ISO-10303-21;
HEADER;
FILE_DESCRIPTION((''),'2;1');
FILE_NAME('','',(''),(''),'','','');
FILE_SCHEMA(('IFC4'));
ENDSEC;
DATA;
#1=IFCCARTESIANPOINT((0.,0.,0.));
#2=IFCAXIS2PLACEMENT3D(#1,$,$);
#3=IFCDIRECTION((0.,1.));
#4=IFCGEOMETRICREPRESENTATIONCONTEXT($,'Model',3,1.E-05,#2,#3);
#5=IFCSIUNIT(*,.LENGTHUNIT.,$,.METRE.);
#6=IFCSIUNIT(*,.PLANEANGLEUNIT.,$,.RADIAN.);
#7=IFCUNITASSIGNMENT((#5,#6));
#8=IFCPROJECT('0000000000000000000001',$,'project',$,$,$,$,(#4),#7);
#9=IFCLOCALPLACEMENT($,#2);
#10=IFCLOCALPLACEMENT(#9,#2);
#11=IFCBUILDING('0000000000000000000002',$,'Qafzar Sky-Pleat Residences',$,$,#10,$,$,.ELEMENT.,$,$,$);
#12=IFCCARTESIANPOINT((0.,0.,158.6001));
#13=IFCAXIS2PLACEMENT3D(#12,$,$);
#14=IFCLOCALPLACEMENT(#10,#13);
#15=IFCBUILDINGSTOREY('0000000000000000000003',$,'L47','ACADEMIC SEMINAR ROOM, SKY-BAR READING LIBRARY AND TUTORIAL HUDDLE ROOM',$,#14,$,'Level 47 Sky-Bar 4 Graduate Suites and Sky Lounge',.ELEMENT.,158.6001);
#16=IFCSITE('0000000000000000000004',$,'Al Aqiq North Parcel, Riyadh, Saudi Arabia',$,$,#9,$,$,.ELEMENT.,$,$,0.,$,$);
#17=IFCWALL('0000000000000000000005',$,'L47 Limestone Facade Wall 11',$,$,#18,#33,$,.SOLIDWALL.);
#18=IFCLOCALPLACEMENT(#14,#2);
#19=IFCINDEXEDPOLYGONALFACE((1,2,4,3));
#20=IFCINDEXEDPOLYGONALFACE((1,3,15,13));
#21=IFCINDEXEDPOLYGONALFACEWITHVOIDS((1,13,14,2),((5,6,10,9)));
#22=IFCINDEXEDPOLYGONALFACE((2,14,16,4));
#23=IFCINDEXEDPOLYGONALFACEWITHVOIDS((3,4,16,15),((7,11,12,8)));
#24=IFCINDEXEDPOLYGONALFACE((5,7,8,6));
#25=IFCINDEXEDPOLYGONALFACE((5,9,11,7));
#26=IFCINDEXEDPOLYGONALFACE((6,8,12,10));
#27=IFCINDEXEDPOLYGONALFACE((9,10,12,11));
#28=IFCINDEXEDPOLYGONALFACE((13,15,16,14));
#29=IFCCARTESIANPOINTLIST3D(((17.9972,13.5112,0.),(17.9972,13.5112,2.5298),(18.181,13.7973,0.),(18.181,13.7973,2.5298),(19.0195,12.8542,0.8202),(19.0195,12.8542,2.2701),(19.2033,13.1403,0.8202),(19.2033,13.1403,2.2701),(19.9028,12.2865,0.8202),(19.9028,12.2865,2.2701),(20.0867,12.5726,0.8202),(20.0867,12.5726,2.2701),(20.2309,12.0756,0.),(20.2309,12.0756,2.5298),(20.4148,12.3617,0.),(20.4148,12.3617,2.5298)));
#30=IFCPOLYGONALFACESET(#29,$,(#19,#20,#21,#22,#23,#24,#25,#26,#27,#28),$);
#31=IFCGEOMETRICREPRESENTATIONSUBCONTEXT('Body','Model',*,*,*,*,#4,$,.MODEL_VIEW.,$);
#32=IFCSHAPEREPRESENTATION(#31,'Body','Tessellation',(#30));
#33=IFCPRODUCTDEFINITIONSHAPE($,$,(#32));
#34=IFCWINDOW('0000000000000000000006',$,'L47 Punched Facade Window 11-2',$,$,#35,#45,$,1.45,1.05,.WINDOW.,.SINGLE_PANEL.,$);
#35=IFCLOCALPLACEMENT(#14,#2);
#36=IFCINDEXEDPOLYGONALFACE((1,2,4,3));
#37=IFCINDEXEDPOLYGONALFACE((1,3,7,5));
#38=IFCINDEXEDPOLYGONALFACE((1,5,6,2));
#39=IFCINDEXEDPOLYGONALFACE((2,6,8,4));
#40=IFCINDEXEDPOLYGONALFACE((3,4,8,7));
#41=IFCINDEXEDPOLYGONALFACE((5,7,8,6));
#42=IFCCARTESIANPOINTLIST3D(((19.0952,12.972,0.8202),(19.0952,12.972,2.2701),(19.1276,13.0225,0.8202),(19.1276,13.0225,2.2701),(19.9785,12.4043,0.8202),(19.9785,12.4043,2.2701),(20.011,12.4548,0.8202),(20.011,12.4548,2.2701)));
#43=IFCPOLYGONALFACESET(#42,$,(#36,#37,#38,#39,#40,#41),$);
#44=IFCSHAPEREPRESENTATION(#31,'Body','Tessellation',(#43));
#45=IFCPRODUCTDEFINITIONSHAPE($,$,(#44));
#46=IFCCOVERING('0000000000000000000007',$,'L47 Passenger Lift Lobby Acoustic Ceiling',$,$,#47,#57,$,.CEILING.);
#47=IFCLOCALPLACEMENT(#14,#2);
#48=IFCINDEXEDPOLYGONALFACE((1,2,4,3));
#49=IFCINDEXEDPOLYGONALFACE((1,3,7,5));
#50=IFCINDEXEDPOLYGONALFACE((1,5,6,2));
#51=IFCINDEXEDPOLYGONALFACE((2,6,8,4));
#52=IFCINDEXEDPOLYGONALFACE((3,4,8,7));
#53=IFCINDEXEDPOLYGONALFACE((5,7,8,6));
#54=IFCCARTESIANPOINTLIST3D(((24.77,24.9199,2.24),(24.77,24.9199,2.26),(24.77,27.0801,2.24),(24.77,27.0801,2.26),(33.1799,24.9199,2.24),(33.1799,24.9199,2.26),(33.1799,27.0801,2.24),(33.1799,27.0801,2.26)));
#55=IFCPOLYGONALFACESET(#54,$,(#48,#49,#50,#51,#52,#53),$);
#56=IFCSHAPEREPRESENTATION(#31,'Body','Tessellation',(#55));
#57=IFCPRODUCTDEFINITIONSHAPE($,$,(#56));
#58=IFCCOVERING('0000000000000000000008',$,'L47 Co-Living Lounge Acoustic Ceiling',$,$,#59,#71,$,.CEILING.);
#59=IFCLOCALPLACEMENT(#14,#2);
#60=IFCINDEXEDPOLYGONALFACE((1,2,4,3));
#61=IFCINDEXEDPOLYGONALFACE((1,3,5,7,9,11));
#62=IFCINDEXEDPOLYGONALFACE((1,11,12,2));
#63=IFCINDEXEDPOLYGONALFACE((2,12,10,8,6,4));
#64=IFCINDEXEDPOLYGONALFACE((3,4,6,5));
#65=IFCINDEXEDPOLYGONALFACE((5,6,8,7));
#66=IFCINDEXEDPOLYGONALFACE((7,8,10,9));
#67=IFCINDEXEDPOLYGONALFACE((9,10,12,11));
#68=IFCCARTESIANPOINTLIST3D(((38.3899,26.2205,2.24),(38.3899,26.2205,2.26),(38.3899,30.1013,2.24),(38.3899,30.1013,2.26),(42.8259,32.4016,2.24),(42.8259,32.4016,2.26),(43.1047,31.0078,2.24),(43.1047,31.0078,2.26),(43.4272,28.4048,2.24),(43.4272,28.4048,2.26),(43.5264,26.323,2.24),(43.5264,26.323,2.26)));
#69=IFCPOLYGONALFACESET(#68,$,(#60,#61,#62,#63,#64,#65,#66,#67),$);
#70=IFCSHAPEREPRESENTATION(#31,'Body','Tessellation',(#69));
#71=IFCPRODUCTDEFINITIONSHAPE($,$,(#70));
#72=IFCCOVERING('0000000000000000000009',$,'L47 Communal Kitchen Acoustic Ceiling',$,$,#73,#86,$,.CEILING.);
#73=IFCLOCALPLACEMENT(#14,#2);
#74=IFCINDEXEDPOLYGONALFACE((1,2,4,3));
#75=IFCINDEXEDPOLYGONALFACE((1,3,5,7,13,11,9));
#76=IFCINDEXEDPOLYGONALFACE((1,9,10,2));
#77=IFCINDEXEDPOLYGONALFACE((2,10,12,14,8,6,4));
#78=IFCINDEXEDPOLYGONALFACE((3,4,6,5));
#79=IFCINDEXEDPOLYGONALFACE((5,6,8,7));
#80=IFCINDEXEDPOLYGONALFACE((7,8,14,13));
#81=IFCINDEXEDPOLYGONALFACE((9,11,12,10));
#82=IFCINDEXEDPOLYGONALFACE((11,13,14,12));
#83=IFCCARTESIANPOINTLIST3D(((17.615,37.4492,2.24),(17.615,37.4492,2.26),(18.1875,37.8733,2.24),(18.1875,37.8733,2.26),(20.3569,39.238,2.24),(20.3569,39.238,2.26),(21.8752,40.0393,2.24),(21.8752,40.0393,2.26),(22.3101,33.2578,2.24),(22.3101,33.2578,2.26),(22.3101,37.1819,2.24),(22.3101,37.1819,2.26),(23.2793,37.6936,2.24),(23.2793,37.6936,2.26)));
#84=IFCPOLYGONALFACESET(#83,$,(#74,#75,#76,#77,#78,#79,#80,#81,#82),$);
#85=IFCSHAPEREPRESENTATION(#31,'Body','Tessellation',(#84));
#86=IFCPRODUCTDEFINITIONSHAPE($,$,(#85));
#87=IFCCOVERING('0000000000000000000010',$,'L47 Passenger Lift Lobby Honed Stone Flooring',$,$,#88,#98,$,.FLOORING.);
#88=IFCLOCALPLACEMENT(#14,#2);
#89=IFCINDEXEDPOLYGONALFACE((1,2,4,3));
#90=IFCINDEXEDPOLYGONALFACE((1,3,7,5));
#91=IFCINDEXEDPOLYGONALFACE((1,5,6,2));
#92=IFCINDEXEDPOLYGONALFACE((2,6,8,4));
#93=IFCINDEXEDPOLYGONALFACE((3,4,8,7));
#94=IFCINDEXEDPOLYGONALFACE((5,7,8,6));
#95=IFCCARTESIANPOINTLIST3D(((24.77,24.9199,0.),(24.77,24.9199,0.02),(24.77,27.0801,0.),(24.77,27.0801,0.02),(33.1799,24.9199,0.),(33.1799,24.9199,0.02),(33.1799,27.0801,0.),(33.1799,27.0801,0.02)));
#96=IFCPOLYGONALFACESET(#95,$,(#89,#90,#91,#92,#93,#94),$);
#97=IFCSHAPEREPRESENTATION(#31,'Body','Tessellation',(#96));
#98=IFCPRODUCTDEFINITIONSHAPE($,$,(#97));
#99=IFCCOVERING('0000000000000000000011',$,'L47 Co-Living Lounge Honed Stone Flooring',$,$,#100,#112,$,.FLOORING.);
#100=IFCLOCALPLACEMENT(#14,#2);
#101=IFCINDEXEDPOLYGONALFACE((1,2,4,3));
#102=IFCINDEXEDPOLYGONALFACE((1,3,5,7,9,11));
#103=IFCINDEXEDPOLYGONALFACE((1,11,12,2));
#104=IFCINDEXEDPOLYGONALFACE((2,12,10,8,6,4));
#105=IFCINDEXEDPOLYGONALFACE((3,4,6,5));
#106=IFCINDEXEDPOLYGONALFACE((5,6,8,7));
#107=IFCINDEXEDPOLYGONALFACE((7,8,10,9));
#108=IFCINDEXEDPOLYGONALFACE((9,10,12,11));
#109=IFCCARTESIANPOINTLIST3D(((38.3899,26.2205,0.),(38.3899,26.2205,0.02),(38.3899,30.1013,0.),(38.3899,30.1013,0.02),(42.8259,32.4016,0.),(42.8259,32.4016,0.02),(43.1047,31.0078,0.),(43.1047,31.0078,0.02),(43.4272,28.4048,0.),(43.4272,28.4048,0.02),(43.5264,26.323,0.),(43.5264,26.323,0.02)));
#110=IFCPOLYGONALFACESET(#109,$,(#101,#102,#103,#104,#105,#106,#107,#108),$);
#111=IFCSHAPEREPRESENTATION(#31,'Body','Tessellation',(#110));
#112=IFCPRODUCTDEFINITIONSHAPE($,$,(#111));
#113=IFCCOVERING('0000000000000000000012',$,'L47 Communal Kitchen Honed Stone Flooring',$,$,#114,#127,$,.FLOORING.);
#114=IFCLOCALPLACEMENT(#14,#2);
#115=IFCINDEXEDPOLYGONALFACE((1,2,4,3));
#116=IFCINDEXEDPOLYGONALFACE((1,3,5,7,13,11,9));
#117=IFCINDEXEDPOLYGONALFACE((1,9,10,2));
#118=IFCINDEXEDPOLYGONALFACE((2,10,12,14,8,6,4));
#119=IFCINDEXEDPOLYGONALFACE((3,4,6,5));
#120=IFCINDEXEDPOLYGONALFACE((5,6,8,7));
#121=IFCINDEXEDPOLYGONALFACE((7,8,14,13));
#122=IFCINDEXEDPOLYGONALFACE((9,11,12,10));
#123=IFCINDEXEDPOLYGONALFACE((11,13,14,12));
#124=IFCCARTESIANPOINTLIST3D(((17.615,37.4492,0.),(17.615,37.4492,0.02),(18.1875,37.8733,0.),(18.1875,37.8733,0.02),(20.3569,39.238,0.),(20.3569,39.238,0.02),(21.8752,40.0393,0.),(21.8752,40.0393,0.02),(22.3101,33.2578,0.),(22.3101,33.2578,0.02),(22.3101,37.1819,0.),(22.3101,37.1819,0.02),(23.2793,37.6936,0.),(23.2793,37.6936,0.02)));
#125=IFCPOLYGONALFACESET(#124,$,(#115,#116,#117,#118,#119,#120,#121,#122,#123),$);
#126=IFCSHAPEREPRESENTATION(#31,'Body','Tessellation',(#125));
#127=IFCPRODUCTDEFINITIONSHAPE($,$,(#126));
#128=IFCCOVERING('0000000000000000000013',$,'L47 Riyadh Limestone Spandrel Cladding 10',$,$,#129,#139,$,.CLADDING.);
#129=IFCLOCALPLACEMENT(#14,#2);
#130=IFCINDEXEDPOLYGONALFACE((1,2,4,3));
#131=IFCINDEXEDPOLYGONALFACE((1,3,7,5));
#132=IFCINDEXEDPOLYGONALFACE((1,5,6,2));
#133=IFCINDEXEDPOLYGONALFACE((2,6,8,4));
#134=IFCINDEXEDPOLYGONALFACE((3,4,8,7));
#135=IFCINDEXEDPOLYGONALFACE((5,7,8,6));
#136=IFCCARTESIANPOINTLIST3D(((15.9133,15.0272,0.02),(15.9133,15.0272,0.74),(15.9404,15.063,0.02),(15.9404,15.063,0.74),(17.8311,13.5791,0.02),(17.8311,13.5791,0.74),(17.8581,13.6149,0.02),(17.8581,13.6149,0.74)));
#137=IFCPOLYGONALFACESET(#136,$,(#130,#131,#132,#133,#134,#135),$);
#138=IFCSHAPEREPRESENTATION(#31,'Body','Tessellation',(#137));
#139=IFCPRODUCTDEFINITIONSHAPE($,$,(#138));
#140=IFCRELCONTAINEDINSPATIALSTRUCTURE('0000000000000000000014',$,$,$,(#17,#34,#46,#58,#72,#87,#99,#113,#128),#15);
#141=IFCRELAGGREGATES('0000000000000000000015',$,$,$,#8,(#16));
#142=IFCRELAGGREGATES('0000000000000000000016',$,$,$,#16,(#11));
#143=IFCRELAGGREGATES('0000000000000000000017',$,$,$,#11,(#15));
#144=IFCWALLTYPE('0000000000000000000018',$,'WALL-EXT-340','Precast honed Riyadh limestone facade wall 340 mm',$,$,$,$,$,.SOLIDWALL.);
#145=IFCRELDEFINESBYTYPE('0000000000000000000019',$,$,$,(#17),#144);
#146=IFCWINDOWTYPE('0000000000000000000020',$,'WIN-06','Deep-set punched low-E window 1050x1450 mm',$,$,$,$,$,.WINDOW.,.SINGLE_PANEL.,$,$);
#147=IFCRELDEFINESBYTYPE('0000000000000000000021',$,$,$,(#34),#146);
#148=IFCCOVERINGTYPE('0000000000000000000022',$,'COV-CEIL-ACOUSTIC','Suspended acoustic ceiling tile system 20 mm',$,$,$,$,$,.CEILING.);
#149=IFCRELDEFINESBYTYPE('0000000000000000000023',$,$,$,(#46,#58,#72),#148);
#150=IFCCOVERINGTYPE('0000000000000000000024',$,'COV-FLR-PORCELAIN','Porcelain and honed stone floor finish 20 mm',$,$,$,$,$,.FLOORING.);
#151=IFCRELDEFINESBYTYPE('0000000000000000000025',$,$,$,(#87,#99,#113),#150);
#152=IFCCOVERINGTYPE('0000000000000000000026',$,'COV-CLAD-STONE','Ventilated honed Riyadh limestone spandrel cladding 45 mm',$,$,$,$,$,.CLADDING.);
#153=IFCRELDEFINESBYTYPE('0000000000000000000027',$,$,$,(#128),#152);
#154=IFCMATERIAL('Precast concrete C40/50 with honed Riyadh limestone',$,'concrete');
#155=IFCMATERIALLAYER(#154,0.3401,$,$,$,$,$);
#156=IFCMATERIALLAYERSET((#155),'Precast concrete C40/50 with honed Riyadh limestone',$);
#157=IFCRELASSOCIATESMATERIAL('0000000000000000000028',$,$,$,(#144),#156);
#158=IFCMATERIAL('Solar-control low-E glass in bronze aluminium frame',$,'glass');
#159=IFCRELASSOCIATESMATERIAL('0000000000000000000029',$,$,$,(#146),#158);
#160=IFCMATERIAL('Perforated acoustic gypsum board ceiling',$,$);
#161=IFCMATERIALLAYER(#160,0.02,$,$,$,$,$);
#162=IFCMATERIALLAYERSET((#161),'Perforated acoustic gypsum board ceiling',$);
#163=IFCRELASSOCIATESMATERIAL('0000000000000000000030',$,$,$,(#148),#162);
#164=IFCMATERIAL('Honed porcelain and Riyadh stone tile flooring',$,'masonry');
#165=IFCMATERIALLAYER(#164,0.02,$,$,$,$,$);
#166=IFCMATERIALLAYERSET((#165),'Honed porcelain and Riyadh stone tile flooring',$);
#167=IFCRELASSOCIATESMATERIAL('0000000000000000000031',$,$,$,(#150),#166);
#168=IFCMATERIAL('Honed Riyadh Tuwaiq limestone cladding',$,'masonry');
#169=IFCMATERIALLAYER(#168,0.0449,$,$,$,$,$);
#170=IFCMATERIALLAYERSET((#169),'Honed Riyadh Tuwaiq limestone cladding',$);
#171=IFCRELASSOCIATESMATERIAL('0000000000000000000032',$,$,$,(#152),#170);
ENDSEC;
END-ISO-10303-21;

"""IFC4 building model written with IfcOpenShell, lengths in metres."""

from ifc_helpers import new_model, si_unit, direction, frame, frame_2d, origin, origin_2d, place, context, subcontext, project, spatial, polyline, rectangle, outline, extrude, source, transform, mapped, material, layer, layer_set, type_object, element, fill, save


model = new_model("IFC4")

# Units and contexts
model_context = context("Model", 3, precision=1e-05, world=origin(), true_north=direction((0.0, 1.0)))
body_context = subcontext(model_context, "Body", "Model", "MODEL_VIEW")
ifc_project = project(units=[si_unit("LENGTHUNIT", "METRE"), si_unit("PLANEANGLEUNIT", "RADIAN")], contexts=[model_context])

# Site, building, storey
site_placement = place(None, origin())
site = spatial("IfcSite", under=ifc_project, at=site_placement, Name="Al Aqiq North Parcel, Riyadh, Saudi Arabia", CompositionType="ELEMENT", RefElevation=0.0)
building_placement = place(site_placement, origin())
building = spatial("IfcBuilding", under=site, at=building_placement, Name="Qafzar Sky-Pleat Residences", CompositionType="ELEMENT")
storey_placement = place(building_placement, frame((0.0, 0.0, 158.6001)))
storey = spatial("IfcBuildingStorey", under=building, at=storey_placement, Name="L47", Description="ACADEMIC SEMINAR ROOM, SKY-BAR READING LIBRARY AND TUTORIAL HUDDLE ROOM", LongName="Level 47 Sky-Bar 4 Graduate Suites and Sky Lounge", CompositionType="ELEMENT", Elevation=158.6001)

# Wall, opening, window
ifc_material_1 = material(Name="Precast concrete C40/50 with honed Riyadh limestone", Category="concrete")
ifc_layer_1 = layer(ifc_material_1, 0.3401)
ifc_layer_set_1 = layer_set([ifc_layer_1], Name="Precast concrete C40/50 with honed Riyadh limestone")
wall_type_1 = type_object("IfcWallType", Name="WALL-EXT-340", Description="Precast honed Riyadh limestone facade wall 340 mm", PredefinedType="SOLIDWALL", material=ifc_layer_set_1)
ifc_material_2 = material(Name="Solar-control low-E glass in bronze aluminium frame", Category="glass")
wall_1_placement = place(storey_placement, frame((18.0891, 13.6543, 0.0), z_axis=(0.0, 0.0, 1.0), x_axis=(0.841241, -0.54066, 0.0)))
wall_1 = element("IfcWall", 1, at=wall_1_placement, inside=storey, type_object=wall_type_1, Name="L47 Limestone Facade Wall 11", PredefinedType="SOLIDWALL", context=body_context, shape_type="SweptSolid", body=[
    extrude(rectangle(XDim=2.6553, YDim=0.3401, at=frame_2d((1.3276, 0.0))), origin(), (0.0, 0.0, 1.0), 2.5298),
])
opening_1_placement = place(wall_1_placement, frame((1.2153, 0.0, 0.8201)))
opening_1 = element("IfcOpeningElement", 2, at=opening_1_placement, cuts=wall_1, PredefinedType="OPENING", context=body_context, shape_type="SweptSolid", body=[
    extrude(rectangle(XDim=1.05, YDim=1.45, at=frame_2d((0.5249, 0.7251))), frame((0.0, 0.1802, 0.0), z_axis=(0.0, -1.0, 0.0), x_axis=(1.0, 0.0, 0.0)), (0.0, 0.0, 1.0), 0.3601),
])
window_type_1 = type_object("IfcWindowType", Name="WIN-06", Description="Deep-set punched low-E window 1050x1450 mm", PartitioningType="SINGLE_PANEL", PredefinedType="WINDOW", material=ifc_material_2)
shared_shape_1 = source(origin(), body_context, "Body", "SweptSolid", [
    extrude(rectangle(XDim=1.05, YDim=1.45, at=frame_2d((0.5249, 0.7251))), frame((0.0, 0.03, 0.0), z_axis=(0.0, -1.0, 0.0), x_axis=(1.0, 0.0, 0.0)), (0.0, 0.0, 1.0), 0.0601),
])
window_1_placement = place(opening_1_placement, origin())
window_1 = element("IfcWindow", 3, at=window_1_placement, inside=storey, type_object=window_type_1, Name="L47 Punched Facade Window 11-2", OverallHeight=1.45, OverallWidth=1.05, PartitioningType="SINGLE_PANEL", PredefinedType="WINDOW", context=body_context, shape_type="MappedRepresentation", body=[
    mapped(shared_shape_1, transform((0.0, 0.0, 0.0), x_axis=(1.0, 0.0, 0.0), y_axis=(0.0, 1.0, 0.0), z_axis=(0.0, 0.0, 1.0), scale=1.0)),
])
fill(opening_1, window_1)

# Coverings
ifc_material_3 = material(Name="Perforated acoustic gypsum board ceiling")
ifc_layer_2 = layer(ifc_material_3, 0.02)
ifc_layer_set_2 = layer_set([ifc_layer_2], Name="Perforated acoustic gypsum board ceiling")
covering_type_1 = type_object("IfcCoveringType", Name="COV-CEIL-ACOUSTIC", Description="Suspended acoustic ceiling tile system 20 mm", PredefinedType="CEILING", material=ifc_layer_set_2)
covering_1_placement = place(storey_placement, frame((0.0, 0.0, 2.24)))
element("IfcCovering", 4, at=covering_1_placement, inside=storey, type_object=covering_type_1, Name="L47 Passenger Lift Lobby Acoustic Ceiling", PredefinedType="CEILING", context=body_context, shape_type="SweptSolid", body=[
    extrude(outline(polyline([(33.1799, 24.9199), (24.77, 24.9199), (24.77, 27.0801), (33.1799, 27.0801), (33.1799, 24.9199)])), origin(), (0.0, 0.0, 1.0), 0.02),
])
covering_2_placement = place(storey_placement, frame((0.0, 0.0, 2.24)))
element("IfcCovering", 5, at=covering_2_placement, inside=storey, type_object=covering_type_1, Name="L47 Co-Living Lounge Acoustic Ceiling", PredefinedType="CEILING", context=body_context, shape_type="SweptSolid", body=[
    extrude(outline(polyline([(43.1047, 31.0078), (43.4272, 28.4048), (43.5264, 26.323), (38.3899, 26.2205), (38.3899, 30.1013), (42.8259, 32.4016), (43.1047, 31.0078)])), origin(), (0.0, 0.0, 1.0), 0.02),
])
covering_3_placement = place(storey_placement, frame((0.0, 0.0, 2.24)))
element("IfcCovering", 6, at=covering_3_placement, inside=storey, type_object=covering_type_1, Name="L47 Communal Kitchen Acoustic Ceiling", PredefinedType="CEILING", context=body_context, shape_type="SweptSolid", body=[
    extrude(outline(polyline([(18.1875, 37.8733), (20.3569, 39.238), (21.8752, 40.0393), (23.2793, 37.6936), (22.3101, 37.1819), (22.3101, 33.2578), (17.615, 37.4492), (18.1875, 37.8733)])), origin(), (0.0, 0.0, 1.0), 0.02),
])
ifc_material_4 = material(Name="Honed porcelain and Riyadh stone tile flooring", Category="masonry")
ifc_layer_3 = layer(ifc_material_4, 0.02)
ifc_layer_set_3 = layer_set([ifc_layer_3], Name="Honed porcelain and Riyadh stone tile flooring")
covering_type_2 = type_object("IfcCoveringType", Name="COV-FLR-PORCELAIN", Description="Porcelain and honed stone floor finish 20 mm", PredefinedType="FLOORING", material=ifc_layer_set_3)
covering_4_placement = place(storey_placement, origin())
element("IfcCovering", 7, at=covering_4_placement, inside=storey, type_object=covering_type_2, Name="L47 Passenger Lift Lobby Honed Stone Flooring", PredefinedType="FLOORING", context=body_context, shape_type="SweptSolid", body=[
    extrude(outline(polyline([(33.1799, 24.9199), (24.77, 24.9199), (24.77, 27.0801), (33.1799, 27.0801), (33.1799, 24.9199)])), origin(), (0.0, 0.0, 1.0), 0.02),
])
covering_5_placement = place(storey_placement, origin())
element("IfcCovering", 8, at=covering_5_placement, inside=storey, type_object=covering_type_2, Name="L47 Co-Living Lounge Honed Stone Flooring", PredefinedType="FLOORING", context=body_context, shape_type="SweptSolid", body=[
    extrude(outline(polyline([(43.1047, 31.0078), (43.4272, 28.4048), (43.5264, 26.323), (38.3899, 26.2205), (38.3899, 30.1013), (42.8259, 32.4016), (43.1047, 31.0078)])), origin(), (0.0, 0.0, 1.0), 0.02),
])
covering_6_placement = place(storey_placement, origin())
element("IfcCovering", 9, at=covering_6_placement, inside=storey, type_object=covering_type_2, Name="L47 Communal Kitchen Honed Stone Flooring", PredefinedType="FLOORING", context=body_context, shape_type="SweptSolid", body=[
    extrude(outline(polyline([(18.1875, 37.8733), (20.3569, 39.238), (21.8752, 40.0393), (23.2793, 37.6936), (22.3101, 37.1819), (22.3101, 33.2578), (17.615, 37.4492), (18.1875, 37.8733)])), origin(), (0.0, 0.0, 1.0), 0.02),
])
ifc_material_5 = material(Name="Honed Riyadh Tuwaiq limestone cladding", Category="masonry")
ifc_layer_4 = layer(ifc_material_5, 0.0449)
ifc_layer_set_4 = layer_set([ifc_layer_4], Name="Honed Riyadh Tuwaiq limestone cladding")
covering_type_3 = type_object("IfcCoveringType", Name="COV-CLAD-STONE", Description="Ventilated honed Riyadh limestone spandrel cladding 45 mm", PredefinedType="CLADDING", material=ifc_layer_set_4)
shared_shape_2 = source(origin(), body_context, "Body", "SweptSolid", [
    extrude(rectangle(XDim=2.4031, YDim=0.0449, at=origin_2d()), origin(), (0.0, 0.0, 1.0), 0.72),
])
covering_7_placement = place(storey_placement, frame((16.8857, 14.321, 0.02), z_axis=(0.0, 0.0, 1.0), x_axis=(0.798032, -0.602615, 0.0)))
element("IfcCovering", 10, at=covering_7_placement, inside=storey, type_object=covering_type_3, Name="L47 Riyadh Limestone Spandrel Cladding 10", PredefinedType="CLADDING", context=body_context, shape_type="MappedRepresentation", body=[
    mapped(shared_shape_2, transform((0.0, 0.0, 0.0), x_axis=(1.0, 0.0, 0.0), y_axis=(0.0, 1.0, 0.0), z_axis=(0.0, 0.0, 1.0), scale=1.0)),
])

save(model, "model.ifc")
